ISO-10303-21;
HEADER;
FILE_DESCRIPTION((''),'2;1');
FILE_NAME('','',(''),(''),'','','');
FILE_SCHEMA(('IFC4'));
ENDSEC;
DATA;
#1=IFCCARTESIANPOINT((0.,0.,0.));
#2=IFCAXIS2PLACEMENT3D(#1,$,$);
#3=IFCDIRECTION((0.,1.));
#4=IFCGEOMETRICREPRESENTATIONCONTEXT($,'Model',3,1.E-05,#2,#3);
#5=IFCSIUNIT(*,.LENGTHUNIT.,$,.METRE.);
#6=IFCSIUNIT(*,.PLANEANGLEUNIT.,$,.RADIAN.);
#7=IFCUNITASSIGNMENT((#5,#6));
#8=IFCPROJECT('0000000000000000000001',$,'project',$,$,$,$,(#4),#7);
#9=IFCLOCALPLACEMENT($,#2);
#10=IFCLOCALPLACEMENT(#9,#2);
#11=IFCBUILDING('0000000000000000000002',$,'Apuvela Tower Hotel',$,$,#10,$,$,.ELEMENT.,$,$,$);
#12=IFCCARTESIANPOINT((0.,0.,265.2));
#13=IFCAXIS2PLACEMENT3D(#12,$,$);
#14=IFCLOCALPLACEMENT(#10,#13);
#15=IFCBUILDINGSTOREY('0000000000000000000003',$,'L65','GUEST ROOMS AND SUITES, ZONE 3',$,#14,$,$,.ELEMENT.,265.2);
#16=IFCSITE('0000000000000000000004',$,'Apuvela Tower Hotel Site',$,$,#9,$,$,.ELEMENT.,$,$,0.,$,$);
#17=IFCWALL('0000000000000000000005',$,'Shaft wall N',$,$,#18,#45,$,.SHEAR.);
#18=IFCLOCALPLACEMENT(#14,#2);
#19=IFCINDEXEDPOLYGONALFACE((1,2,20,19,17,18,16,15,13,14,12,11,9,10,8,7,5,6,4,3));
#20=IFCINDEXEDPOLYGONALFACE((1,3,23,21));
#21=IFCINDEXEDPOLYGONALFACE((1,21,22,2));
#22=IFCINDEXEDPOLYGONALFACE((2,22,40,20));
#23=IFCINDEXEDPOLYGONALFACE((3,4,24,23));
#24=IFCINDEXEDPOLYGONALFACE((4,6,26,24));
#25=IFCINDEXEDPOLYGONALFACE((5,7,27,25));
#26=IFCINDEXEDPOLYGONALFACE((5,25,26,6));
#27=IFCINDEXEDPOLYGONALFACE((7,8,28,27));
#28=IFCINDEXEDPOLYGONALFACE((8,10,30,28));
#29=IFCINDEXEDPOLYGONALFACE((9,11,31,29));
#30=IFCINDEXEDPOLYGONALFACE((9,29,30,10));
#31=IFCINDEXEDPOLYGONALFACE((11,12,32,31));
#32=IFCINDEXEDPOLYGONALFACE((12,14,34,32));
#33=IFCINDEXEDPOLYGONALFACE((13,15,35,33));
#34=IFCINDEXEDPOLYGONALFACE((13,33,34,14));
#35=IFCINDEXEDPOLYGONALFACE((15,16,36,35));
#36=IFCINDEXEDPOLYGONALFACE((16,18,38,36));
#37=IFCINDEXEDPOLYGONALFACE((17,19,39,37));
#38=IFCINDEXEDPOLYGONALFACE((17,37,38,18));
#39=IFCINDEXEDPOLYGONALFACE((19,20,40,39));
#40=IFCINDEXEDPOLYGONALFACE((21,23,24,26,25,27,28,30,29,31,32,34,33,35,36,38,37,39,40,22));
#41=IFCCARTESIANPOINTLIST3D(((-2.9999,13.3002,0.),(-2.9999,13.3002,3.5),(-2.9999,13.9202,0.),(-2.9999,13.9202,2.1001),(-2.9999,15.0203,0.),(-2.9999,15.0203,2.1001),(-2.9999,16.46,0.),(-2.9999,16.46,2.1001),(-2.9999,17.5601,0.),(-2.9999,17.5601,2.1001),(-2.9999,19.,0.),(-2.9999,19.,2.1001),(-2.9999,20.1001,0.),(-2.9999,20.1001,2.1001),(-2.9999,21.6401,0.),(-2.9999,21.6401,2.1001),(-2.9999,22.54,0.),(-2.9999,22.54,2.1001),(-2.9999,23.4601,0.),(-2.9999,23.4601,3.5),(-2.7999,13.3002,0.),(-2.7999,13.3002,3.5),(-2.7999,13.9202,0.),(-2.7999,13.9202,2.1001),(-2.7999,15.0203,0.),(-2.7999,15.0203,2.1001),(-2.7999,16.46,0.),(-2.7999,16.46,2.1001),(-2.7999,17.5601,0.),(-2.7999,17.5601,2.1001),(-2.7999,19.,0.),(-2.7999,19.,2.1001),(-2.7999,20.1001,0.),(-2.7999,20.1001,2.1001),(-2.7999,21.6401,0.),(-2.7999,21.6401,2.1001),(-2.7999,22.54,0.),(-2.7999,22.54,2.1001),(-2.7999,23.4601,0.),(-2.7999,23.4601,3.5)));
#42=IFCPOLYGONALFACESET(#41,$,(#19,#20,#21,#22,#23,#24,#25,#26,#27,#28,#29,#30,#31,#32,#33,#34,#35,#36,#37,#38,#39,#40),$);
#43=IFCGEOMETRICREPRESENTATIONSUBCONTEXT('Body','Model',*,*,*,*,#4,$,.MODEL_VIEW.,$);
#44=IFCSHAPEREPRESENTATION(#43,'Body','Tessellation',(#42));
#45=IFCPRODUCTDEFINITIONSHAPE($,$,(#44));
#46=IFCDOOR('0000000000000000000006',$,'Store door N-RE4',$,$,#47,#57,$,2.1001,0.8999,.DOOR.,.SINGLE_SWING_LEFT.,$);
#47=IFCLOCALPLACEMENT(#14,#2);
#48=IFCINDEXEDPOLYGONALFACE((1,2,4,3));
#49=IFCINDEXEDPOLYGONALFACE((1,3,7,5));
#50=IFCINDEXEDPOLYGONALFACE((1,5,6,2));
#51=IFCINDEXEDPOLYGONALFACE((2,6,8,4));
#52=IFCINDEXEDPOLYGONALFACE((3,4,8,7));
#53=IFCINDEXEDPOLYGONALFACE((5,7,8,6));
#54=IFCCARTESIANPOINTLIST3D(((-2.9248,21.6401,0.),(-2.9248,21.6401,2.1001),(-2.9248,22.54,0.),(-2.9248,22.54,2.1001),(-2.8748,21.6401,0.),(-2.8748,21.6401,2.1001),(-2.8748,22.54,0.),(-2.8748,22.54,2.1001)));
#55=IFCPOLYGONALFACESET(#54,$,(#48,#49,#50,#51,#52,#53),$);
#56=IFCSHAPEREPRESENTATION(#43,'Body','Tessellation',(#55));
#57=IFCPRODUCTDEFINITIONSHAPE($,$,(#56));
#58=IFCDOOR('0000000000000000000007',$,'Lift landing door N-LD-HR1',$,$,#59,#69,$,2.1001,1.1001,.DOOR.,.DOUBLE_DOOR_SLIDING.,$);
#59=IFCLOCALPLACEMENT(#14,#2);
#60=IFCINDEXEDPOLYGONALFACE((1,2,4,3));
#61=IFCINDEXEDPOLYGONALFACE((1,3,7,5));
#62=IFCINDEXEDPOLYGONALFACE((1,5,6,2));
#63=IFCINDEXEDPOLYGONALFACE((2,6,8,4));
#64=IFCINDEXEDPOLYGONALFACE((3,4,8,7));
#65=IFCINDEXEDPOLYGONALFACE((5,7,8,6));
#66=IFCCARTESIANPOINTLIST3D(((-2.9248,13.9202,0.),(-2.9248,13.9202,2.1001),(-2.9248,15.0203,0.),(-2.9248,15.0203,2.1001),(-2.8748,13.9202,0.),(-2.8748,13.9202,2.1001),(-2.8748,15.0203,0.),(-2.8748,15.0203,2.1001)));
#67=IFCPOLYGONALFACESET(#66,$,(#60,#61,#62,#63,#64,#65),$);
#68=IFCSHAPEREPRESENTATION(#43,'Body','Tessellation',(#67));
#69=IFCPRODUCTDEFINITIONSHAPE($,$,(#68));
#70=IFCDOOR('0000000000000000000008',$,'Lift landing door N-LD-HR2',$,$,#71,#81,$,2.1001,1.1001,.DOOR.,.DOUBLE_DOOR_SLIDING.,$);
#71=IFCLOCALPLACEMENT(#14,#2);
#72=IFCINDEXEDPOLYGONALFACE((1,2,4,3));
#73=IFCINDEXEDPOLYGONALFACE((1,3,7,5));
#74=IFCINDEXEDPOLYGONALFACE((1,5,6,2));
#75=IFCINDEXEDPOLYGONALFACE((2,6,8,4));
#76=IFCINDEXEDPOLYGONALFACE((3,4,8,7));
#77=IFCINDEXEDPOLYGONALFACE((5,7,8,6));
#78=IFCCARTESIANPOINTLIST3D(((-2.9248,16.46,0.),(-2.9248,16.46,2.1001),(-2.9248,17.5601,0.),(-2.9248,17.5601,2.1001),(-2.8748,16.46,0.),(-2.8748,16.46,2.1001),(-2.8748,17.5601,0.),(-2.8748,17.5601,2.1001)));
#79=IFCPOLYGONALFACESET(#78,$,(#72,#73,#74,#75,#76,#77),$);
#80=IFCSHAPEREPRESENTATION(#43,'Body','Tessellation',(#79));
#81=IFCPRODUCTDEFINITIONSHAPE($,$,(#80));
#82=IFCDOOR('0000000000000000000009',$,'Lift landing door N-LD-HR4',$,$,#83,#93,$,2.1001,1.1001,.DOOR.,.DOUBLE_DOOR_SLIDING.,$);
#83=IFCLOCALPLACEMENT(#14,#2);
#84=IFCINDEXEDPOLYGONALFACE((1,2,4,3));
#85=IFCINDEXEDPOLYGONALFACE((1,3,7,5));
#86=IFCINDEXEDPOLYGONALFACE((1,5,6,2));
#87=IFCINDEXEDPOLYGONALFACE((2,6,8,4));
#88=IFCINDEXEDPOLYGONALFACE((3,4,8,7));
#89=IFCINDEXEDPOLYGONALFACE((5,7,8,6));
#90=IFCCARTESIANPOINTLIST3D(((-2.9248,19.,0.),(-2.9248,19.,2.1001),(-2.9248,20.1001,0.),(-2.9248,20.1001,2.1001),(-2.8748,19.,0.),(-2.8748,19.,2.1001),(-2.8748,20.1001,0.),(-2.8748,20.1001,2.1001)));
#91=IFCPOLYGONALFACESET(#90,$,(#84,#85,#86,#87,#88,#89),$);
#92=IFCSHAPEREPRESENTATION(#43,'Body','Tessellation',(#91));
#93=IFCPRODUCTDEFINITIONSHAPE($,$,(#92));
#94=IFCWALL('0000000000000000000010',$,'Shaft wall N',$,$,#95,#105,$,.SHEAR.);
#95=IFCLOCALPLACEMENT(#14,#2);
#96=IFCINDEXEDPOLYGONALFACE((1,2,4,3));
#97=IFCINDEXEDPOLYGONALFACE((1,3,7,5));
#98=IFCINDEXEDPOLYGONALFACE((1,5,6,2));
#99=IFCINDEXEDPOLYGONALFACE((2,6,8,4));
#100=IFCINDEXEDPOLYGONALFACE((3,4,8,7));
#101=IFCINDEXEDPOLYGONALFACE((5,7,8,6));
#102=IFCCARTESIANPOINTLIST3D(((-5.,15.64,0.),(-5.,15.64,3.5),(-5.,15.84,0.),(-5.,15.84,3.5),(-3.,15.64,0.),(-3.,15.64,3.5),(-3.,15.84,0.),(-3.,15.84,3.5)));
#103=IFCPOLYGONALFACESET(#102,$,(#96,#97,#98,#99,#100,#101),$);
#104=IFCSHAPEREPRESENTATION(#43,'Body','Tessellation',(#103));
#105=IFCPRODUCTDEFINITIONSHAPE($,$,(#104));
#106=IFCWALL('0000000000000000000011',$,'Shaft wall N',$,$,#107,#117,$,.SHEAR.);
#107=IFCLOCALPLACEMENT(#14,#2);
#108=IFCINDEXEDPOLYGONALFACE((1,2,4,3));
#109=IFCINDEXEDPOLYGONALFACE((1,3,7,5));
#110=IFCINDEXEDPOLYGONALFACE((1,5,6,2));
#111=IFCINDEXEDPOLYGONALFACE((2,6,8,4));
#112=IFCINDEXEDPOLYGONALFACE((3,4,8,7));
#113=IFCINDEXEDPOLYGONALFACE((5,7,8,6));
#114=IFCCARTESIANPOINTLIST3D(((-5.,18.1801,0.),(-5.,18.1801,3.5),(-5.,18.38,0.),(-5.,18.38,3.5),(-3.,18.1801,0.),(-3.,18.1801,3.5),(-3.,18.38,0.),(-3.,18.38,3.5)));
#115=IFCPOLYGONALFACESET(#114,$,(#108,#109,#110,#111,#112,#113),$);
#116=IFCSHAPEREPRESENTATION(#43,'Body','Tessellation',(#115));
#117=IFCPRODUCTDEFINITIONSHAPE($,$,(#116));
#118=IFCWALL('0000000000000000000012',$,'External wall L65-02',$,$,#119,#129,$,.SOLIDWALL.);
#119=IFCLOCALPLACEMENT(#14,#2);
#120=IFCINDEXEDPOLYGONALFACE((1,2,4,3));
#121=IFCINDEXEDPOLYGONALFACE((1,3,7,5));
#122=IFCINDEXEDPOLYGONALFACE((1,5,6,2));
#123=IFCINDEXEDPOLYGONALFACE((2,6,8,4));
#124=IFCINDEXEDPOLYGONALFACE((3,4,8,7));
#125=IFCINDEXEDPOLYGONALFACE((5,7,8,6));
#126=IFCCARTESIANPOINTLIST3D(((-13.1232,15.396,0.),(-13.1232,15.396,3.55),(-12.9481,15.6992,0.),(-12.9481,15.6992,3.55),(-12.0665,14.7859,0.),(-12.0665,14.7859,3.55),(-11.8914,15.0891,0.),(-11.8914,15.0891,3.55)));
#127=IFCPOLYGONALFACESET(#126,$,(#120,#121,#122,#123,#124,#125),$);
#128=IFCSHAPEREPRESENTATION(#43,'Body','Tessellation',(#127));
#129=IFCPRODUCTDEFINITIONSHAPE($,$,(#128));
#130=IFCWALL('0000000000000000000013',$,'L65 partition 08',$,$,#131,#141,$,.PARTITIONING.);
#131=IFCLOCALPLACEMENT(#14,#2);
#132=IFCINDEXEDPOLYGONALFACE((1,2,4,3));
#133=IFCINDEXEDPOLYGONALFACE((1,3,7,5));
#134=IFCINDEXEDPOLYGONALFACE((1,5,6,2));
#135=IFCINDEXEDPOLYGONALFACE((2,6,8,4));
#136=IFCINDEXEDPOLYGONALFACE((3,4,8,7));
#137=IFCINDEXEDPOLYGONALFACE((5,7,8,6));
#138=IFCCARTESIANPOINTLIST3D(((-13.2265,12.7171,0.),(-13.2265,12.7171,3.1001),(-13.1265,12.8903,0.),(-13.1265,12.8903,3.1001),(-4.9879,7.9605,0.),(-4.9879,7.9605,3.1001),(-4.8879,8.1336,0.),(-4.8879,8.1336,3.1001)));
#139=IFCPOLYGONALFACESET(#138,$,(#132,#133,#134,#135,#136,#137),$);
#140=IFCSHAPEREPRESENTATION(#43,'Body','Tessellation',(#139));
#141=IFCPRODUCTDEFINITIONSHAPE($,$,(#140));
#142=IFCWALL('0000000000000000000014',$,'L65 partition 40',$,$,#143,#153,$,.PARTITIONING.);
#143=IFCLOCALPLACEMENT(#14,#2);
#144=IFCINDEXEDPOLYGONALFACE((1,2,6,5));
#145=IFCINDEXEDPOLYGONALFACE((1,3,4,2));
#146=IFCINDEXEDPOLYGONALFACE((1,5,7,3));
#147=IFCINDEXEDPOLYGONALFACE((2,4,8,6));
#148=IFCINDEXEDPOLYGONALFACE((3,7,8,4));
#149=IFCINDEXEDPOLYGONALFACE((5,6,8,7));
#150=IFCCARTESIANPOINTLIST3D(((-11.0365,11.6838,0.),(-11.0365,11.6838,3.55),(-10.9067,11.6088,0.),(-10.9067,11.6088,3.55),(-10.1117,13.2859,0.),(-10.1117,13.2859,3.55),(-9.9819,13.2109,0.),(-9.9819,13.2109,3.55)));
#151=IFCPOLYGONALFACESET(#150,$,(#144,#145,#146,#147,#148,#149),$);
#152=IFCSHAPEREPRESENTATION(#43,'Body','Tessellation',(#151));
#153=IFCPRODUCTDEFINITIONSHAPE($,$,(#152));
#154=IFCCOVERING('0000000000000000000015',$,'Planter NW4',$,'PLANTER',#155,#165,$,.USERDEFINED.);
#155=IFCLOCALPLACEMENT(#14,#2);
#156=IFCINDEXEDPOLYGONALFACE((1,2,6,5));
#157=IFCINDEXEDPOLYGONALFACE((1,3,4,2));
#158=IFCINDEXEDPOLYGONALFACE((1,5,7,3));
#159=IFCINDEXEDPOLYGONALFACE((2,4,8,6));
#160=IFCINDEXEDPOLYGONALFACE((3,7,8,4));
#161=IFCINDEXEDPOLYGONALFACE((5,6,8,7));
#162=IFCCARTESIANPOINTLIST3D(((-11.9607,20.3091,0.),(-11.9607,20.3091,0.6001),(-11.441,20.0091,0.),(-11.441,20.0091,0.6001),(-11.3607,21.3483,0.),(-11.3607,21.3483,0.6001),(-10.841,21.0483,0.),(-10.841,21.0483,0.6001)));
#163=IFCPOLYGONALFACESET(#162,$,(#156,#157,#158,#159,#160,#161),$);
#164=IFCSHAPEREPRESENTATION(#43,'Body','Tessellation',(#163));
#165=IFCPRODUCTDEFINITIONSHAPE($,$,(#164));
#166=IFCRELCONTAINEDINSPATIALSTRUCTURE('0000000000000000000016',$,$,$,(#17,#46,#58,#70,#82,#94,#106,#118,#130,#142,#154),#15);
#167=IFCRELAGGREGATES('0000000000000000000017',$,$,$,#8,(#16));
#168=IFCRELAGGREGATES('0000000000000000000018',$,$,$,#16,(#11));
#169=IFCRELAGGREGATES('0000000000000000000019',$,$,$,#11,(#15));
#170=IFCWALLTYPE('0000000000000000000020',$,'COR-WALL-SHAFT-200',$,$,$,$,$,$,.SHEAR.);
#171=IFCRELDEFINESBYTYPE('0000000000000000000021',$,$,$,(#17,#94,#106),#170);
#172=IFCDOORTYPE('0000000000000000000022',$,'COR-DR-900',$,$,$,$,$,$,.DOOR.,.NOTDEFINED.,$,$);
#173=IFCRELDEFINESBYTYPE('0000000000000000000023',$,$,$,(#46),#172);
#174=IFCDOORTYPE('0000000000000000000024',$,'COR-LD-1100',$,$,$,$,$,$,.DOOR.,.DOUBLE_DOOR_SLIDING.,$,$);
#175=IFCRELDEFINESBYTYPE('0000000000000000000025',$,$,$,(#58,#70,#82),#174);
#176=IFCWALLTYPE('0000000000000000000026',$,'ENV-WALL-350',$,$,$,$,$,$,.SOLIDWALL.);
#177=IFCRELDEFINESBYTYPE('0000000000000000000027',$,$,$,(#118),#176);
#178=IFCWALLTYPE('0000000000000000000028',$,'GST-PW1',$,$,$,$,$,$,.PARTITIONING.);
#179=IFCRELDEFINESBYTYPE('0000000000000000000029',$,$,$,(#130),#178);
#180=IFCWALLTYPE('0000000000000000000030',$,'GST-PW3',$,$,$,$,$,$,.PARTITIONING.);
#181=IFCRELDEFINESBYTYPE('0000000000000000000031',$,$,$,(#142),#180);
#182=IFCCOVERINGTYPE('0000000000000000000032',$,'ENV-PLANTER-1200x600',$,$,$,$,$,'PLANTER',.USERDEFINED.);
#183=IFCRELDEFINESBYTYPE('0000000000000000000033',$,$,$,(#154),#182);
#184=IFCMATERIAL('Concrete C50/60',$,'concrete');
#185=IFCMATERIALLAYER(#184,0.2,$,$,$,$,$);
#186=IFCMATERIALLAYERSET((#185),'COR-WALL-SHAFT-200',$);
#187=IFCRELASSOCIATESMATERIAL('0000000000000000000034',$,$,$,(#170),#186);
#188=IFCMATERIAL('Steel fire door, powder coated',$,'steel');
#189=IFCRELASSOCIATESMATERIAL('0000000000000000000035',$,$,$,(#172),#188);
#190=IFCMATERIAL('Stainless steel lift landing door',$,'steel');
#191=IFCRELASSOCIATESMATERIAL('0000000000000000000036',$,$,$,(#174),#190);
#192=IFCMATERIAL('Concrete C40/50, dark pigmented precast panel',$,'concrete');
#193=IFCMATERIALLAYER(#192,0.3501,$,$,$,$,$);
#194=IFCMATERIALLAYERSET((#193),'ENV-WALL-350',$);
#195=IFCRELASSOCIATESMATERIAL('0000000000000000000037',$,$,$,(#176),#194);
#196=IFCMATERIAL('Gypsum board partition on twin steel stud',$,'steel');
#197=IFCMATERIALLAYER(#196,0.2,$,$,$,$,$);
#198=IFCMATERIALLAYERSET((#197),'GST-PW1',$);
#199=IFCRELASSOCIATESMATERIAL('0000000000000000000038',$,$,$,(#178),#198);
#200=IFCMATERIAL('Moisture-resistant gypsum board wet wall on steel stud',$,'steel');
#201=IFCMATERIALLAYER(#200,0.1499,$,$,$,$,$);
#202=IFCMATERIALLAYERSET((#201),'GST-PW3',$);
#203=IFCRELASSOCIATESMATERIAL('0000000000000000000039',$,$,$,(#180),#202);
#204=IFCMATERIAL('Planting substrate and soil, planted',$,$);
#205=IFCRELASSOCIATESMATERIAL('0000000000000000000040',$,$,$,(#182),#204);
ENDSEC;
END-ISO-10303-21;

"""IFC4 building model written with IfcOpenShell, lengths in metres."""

from ifc_helpers import new_model, si_unit, direction, frame, frame_2d, origin, origin_2d, place, context, subcontext, project, spatial, rectangle, extrude, material, layer, layer_set, type_object, element, fill, save


model = new_model("IFC4")

# Units and contexts
model_context = context("Model", 3, precision=1e-05, world=origin(), true_north=direction((0.0, 1.0)))
body_context = subcontext(model_context, "Body", "Model", "MODEL_VIEW")
ifc_project = project(units=[si_unit("LENGTHUNIT", "METRE"), si_unit("PLANEANGLEUNIT", "RADIAN")], contexts=[model_context])

# Site, building, storey
site_placement = place(None, origin())
site = spatial("IfcSite", under=ifc_project, at=site_placement, Name="Apuvela Tower Hotel Site", CompositionType="ELEMENT", RefElevation=0.0)
building_placement = place(site_placement, origin())
building = spatial("IfcBuilding", under=site, at=building_placement, Name="Apuvela Tower Hotel", CompositionType="ELEMENT")
storey_placement = place(building_placement, frame((0.0, 0.0, 265.2)))
storey = spatial("IfcBuildingStorey", under=building, at=storey_placement, Name="L65", Description="GUEST ROOMS AND SUITES, ZONE 3", CompositionType="ELEMENT", Elevation=265.2)

# Shared definitions
ifc_material_1 = material(Name="Concrete C50/60", Category="concrete")
ifc_layer_1 = layer(ifc_material_1, 0.2)
ifc_layer_set_1 = layer_set([ifc_layer_1], Name="COR-WALL-SHAFT-200")
wall_type_1 = type_object("IfcWallType", Name="COR-WALL-SHAFT-200", PredefinedType="SHEAR", material=ifc_layer_set_1)

# Wall, openings, doors
wall_1_placement = place(storey_placement, frame((-2.8999, 13.3, 0.0), z_axis=(0.0, 0.0, 1.0), x_axis=(0.0, 1.0, 0.0)))
wall_1 = element("IfcWall", 1, at=wall_1_placement, inside=storey, type_object=wall_type_1, Name="Shaft wall N", PredefinedType="SHEAR", context=body_context, shape_type="SweptSolid", body=[
    extrude(rectangle(XDim=10.1599, YDim=0.2, at=frame_2d((5.0801, 0.0))), origin(), (0.0, 0.0, 1.0), 3.5),
])
opening_1_placement = place(wall_1_placement, frame((0.6201, 0.0, 0.0)))
opening_1 = element("IfcOpeningElement", 2, at=opening_1_placement, cuts=wall_1, PredefinedType="OPENING", context=body_context, shape_type="SweptSolid", body=[
    extrude(rectangle(XDim=1.1001, YDim=2.1001, at=frame_2d((0.55, 1.05))), frame((0.0, 0.1099, 0.0), z_axis=(0.0, -1.0, 0.0), x_axis=(1.0, 0.0, 0.0)), (0.0, 0.0, 1.0), 0.22),
])
opening_2_placement = place(wall_1_placement, frame((3.1599, 0.0, 0.0)))
opening_2 = element("IfcOpeningElement", 3, at=opening_2_placement, cuts=wall_1, PredefinedType="OPENING", context=body_context, shape_type="SweptSolid", body=[
    extrude(rectangle(XDim=1.1001, YDim=2.1001, at=frame_2d((0.55, 1.05))), frame((0.0, 0.1099, 0.0), z_axis=(0.0, -1.0, 0.0), x_axis=(1.0, 0.0, 0.0)), (0.0, 0.0, 1.0), 0.22),
])
opening_3_placement = place(wall_1_placement, frame((5.7, 0.0, 0.0)))
opening_3 = element("IfcOpeningElement", 4, at=opening_3_placement, cuts=wall_1, PredefinedType="OPENING", context=body_context, shape_type="SweptSolid", body=[
    extrude(rectangle(XDim=1.1001, YDim=2.1001, at=frame_2d((0.55, 1.05))), frame((0.0, 0.1099, 0.0), z_axis=(0.0, -1.0, 0.0), x_axis=(1.0, 0.0, 0.0)), (0.0, 0.0, 1.0), 0.22),
])
opening_4_placement = place(wall_1_placement, frame((8.3401, 0.0, 0.0)))
opening_4 = element("IfcOpeningElement", 5, at=opening_4_placement, cuts=wall_1, PredefinedType="OPENING", context=body_context, shape_type="SweptSolid", body=[
    extrude(rectangle(XDim=0.8999, YDim=2.1001, at=frame_2d((0.45, 1.05))), frame((0.0, 0.1099, 0.0), z_axis=(0.0, -1.0, 0.0), x_axis=(1.0, 0.0, 0.0)), (0.0, 0.0, 1.0), 0.22),
])
ifc_material_2 = material(Name="Steel fire door, powder coated", Category="steel")
door_type_1 = type_object("IfcDoorType", Name="COR-DR-900", OperationType="NOTDEFINED", PredefinedType="DOOR", material=ifc_material_2)
door_1_placement = place(opening_4_placement, origin())
door_1 = element("IfcDoor", 6, at=door_1_placement, inside=storey, type_object=door_type_1, Name="Store door N-RE4", OperationType="SINGLE_SWING_LEFT", OverallHeight=2.1001, OverallWidth=0.8999, PredefinedType="DOOR", context=body_context, shape_type="SweptSolid", body=[
    extrude(rectangle(XDim=0.8999, YDim=2.1001, at=frame_2d((0.45, 1.05))), frame((0.0, 0.0249, 0.0), z_axis=(0.0, -1.0, 0.0), x_axis=(1.0, 0.0, 0.0)), (0.0, 0.0, 1.0), 0.05),
])
fill(opening_4, door_1)
ifc_material_3 = material(Name="Stainless steel lift landing door", Category="steel")
door_type_2 = type_object("IfcDoorType", Name="COR-LD-1100", OperationType="DOUBLE_DOOR_SLIDING", PredefinedType="DOOR", material=ifc_material_3)
door_2_placement = place(opening_1_placement, origin())
door_2 = element("IfcDoor", 7, at=door_2_placement, inside=storey, type_object=door_type_2, Name="Lift landing door N-LD-HR1", OperationType="DOUBLE_DOOR_SLIDING", OverallHeight=2.1001, OverallWidth=1.1001, PredefinedType="DOOR", context=body_context, shape_type="SweptSolid", body=[
    extrude(rectangle(XDim=1.1001, YDim=2.1001, at=frame_2d((0.55, 1.05))), frame((0.0, 0.0249, 0.0), z_axis=(0.0, -1.0, 0.0), x_axis=(1.0, 0.0, 0.0)), (0.0, 0.0, 1.0), 0.05),
])
fill(opening_1, door_2)
door_3_placement = place(opening_2_placement, origin())
door_3 = element("IfcDoor", 8, at=door_3_placement, inside=storey, type_object=door_type_2, Name="Lift landing door N-LD-HR2", OperationType="DOUBLE_DOOR_SLIDING", OverallHeight=2.1001, OverallWidth=1.1001, PredefinedType="DOOR", context=body_context, shape_type="SweptSolid", body=[
    extrude(rectangle(XDim=1.1001, YDim=2.1001, at=frame_2d((0.55, 1.05))), frame((0.0, 0.0249, 0.0), z_axis=(0.0, -1.0, 0.0), x_axis=(1.0, 0.0, 0.0)), (0.0, 0.0, 1.0), 0.05),
])
fill(opening_2, door_3)
door_4_placement = place(opening_3_placement, origin())
door_4 = element("IfcDoor", 9, at=door_4_placement, inside=storey, type_object=door_type_2, Name="Lift landing door N-LD-HR4", OperationType="DOUBLE_DOOR_SLIDING", OverallHeight=2.1001, OverallWidth=1.1001, PredefinedType="DOOR", context=body_context, shape_type="SweptSolid", body=[
    extrude(rectangle(XDim=1.1001, YDim=2.1001, at=frame_2d((0.55, 1.05))), frame((0.0, 0.0249, 0.0), z_axis=(0.0, -1.0, 0.0), x_axis=(1.0, 0.0, 0.0)), (0.0, 0.0, 1.0), 0.05),
])
fill(opening_3, door_4)

# Walls
for number, where, z_axis, x_axis, name in (
    (10, (-3.0, 15.74, 0.0), (0.0, 0.0, 1.0), (-1.0, 0.0, 0.0), "Shaft wall N"),
    (11, (-3.0, 18.28, 0.0), (0.0, 0.0, 1.0), (-1.0, 0.0, 0.0), "Shaft wall N"),
):
    element("IfcWall", number, at=place(storey_placement, frame(where, z_axis=z_axis, x_axis=x_axis)), inside=storey, type_object=wall_type_1, Name=name, PredefinedType="SHEAR", context=body_context, shape_type="SweptSolid", body=[
        extrude(rectangle(XDim=2.0, YDim=0.2, at=frame_2d((1.0, 0.0))), origin(), (0.0, 0.0, 1.0), 3.5),
    ])
ifc_material_4 = material(Name="Concrete C40/50, dark pigmented precast panel", Category="concrete")
ifc_layer_2 = layer(ifc_material_4, 0.3501)
ifc_layer_set_2 = layer_set([ifc_layer_2], Name="ENV-WALL-350")
wall_type_2 = type_object("IfcWallType", Name="ENV-WALL-350", PredefinedType="SOLIDWALL", material=ifc_layer_set_2)
wall_2_placement = place(storey_placement, frame((-13.0356, 15.5476, 0.0), z_axis=(0.0, 0.0, 1.0), x_axis=(0.866006, -0.500034, 0.0)))
element("IfcWall", 12, at=wall_2_placement, inside=storey, type_object=wall_type_2, Name="External wall L65-02", PredefinedType="SOLIDWALL", context=body_context, shape_type="SweptSolid", body=[
    extrude(rectangle(XDim=1.2202, YDim=0.3501, at=frame_2d((0.6101, 0.0))), origin(), (0.0, 0.0, 1.0), 3.55),
])

# Walls
ifc_material_5 = material(Name="Gypsum board partition on twin steel stud", Category="steel")
ifc_layer_3 = layer(ifc_material_5, 0.2)
ifc_layer_set_3 = layer_set([ifc_layer_3], Name="GST-PW1")
wall_type_3 = type_object("IfcWallType", Name="GST-PW1", PredefinedType="PARTITIONING", material=ifc_layer_set_3)
wall_3_placement = place(storey_placement, frame((-13.1765, 12.8037, 0.0), z_axis=(0.0, 0.0, 1.0), x_axis=(0.866022, -0.500006, 0.0)))
element("IfcWall", 13, at=wall_3_placement, inside=storey, type_object=wall_type_3, Name="L65 partition 08", PredefinedType="PARTITIONING", context=body_context, shape_type="SweptSolid", body=[
    extrude(rectangle(XDim=9.5132, YDim=0.2, at=frame_2d((4.7566, 0.0))), origin(), (0.0, 0.0, 1.0), 3.1001),
])
ifc_material_6 = material(Name="Moisture-resistant gypsum board wet wall on steel stud", Category="steel")
ifc_layer_4 = layer(ifc_material_6, 0.1499)
ifc_layer_set_4 = layer_set([ifc_layer_4], Name="GST-PW3")
wall_type_4 = type_object("IfcWallType", Name="GST-PW3", PredefinedType="PARTITIONING", material=ifc_layer_set_4)
wall_4_placement = place(storey_placement, frame((-10.0469, 13.2483, 0.0), z_axis=(0.0, 0.0, 1.0), x_axis=(-0.499943, -0.866058, 0.0)))
element("IfcWall", 14, at=wall_4_placement, inside=storey, type_object=wall_type_4, Name="L65 partition 40", PredefinedType="PARTITIONING", context=body_context, shape_type="SweptSolid", body=[
    extrude(rectangle(XDim=1.8499, YDim=0.1499, at=frame_2d((0.9248, 0.0))), origin(), (0.0, 0.0, 1.0), 3.55),
])

# Covering
ifc_material_7 = material(Name="Planting substrate and soil, planted")
covering_type = type_object("IfcCoveringType", Name="ENV-PLANTER-1200x600", ElementType="PLANTER", PredefinedType="USERDEFINED", material=ifc_material_7)
covering_placement = place(storey_placement, frame((-11.4009, 20.6787, 0.0), z_axis=(0.0, 0.0, 1.0), x_axis=(-0.5, -0.866025, 0.0)))
element("IfcCovering", 15, at=covering_placement, inside=storey, type_object=covering_type, Name="Planter NW4", ObjectType="PLANTER", PredefinedType="USERDEFINED", context=body_context, shape_type="SweptSolid", body=[
    extrude(rectangle(XDim=1.2, YDim=0.6001, at=origin_2d()), origin(), (0.0, 0.0, 1.0), 0.6001),
])

save(model, "model.ifc")
